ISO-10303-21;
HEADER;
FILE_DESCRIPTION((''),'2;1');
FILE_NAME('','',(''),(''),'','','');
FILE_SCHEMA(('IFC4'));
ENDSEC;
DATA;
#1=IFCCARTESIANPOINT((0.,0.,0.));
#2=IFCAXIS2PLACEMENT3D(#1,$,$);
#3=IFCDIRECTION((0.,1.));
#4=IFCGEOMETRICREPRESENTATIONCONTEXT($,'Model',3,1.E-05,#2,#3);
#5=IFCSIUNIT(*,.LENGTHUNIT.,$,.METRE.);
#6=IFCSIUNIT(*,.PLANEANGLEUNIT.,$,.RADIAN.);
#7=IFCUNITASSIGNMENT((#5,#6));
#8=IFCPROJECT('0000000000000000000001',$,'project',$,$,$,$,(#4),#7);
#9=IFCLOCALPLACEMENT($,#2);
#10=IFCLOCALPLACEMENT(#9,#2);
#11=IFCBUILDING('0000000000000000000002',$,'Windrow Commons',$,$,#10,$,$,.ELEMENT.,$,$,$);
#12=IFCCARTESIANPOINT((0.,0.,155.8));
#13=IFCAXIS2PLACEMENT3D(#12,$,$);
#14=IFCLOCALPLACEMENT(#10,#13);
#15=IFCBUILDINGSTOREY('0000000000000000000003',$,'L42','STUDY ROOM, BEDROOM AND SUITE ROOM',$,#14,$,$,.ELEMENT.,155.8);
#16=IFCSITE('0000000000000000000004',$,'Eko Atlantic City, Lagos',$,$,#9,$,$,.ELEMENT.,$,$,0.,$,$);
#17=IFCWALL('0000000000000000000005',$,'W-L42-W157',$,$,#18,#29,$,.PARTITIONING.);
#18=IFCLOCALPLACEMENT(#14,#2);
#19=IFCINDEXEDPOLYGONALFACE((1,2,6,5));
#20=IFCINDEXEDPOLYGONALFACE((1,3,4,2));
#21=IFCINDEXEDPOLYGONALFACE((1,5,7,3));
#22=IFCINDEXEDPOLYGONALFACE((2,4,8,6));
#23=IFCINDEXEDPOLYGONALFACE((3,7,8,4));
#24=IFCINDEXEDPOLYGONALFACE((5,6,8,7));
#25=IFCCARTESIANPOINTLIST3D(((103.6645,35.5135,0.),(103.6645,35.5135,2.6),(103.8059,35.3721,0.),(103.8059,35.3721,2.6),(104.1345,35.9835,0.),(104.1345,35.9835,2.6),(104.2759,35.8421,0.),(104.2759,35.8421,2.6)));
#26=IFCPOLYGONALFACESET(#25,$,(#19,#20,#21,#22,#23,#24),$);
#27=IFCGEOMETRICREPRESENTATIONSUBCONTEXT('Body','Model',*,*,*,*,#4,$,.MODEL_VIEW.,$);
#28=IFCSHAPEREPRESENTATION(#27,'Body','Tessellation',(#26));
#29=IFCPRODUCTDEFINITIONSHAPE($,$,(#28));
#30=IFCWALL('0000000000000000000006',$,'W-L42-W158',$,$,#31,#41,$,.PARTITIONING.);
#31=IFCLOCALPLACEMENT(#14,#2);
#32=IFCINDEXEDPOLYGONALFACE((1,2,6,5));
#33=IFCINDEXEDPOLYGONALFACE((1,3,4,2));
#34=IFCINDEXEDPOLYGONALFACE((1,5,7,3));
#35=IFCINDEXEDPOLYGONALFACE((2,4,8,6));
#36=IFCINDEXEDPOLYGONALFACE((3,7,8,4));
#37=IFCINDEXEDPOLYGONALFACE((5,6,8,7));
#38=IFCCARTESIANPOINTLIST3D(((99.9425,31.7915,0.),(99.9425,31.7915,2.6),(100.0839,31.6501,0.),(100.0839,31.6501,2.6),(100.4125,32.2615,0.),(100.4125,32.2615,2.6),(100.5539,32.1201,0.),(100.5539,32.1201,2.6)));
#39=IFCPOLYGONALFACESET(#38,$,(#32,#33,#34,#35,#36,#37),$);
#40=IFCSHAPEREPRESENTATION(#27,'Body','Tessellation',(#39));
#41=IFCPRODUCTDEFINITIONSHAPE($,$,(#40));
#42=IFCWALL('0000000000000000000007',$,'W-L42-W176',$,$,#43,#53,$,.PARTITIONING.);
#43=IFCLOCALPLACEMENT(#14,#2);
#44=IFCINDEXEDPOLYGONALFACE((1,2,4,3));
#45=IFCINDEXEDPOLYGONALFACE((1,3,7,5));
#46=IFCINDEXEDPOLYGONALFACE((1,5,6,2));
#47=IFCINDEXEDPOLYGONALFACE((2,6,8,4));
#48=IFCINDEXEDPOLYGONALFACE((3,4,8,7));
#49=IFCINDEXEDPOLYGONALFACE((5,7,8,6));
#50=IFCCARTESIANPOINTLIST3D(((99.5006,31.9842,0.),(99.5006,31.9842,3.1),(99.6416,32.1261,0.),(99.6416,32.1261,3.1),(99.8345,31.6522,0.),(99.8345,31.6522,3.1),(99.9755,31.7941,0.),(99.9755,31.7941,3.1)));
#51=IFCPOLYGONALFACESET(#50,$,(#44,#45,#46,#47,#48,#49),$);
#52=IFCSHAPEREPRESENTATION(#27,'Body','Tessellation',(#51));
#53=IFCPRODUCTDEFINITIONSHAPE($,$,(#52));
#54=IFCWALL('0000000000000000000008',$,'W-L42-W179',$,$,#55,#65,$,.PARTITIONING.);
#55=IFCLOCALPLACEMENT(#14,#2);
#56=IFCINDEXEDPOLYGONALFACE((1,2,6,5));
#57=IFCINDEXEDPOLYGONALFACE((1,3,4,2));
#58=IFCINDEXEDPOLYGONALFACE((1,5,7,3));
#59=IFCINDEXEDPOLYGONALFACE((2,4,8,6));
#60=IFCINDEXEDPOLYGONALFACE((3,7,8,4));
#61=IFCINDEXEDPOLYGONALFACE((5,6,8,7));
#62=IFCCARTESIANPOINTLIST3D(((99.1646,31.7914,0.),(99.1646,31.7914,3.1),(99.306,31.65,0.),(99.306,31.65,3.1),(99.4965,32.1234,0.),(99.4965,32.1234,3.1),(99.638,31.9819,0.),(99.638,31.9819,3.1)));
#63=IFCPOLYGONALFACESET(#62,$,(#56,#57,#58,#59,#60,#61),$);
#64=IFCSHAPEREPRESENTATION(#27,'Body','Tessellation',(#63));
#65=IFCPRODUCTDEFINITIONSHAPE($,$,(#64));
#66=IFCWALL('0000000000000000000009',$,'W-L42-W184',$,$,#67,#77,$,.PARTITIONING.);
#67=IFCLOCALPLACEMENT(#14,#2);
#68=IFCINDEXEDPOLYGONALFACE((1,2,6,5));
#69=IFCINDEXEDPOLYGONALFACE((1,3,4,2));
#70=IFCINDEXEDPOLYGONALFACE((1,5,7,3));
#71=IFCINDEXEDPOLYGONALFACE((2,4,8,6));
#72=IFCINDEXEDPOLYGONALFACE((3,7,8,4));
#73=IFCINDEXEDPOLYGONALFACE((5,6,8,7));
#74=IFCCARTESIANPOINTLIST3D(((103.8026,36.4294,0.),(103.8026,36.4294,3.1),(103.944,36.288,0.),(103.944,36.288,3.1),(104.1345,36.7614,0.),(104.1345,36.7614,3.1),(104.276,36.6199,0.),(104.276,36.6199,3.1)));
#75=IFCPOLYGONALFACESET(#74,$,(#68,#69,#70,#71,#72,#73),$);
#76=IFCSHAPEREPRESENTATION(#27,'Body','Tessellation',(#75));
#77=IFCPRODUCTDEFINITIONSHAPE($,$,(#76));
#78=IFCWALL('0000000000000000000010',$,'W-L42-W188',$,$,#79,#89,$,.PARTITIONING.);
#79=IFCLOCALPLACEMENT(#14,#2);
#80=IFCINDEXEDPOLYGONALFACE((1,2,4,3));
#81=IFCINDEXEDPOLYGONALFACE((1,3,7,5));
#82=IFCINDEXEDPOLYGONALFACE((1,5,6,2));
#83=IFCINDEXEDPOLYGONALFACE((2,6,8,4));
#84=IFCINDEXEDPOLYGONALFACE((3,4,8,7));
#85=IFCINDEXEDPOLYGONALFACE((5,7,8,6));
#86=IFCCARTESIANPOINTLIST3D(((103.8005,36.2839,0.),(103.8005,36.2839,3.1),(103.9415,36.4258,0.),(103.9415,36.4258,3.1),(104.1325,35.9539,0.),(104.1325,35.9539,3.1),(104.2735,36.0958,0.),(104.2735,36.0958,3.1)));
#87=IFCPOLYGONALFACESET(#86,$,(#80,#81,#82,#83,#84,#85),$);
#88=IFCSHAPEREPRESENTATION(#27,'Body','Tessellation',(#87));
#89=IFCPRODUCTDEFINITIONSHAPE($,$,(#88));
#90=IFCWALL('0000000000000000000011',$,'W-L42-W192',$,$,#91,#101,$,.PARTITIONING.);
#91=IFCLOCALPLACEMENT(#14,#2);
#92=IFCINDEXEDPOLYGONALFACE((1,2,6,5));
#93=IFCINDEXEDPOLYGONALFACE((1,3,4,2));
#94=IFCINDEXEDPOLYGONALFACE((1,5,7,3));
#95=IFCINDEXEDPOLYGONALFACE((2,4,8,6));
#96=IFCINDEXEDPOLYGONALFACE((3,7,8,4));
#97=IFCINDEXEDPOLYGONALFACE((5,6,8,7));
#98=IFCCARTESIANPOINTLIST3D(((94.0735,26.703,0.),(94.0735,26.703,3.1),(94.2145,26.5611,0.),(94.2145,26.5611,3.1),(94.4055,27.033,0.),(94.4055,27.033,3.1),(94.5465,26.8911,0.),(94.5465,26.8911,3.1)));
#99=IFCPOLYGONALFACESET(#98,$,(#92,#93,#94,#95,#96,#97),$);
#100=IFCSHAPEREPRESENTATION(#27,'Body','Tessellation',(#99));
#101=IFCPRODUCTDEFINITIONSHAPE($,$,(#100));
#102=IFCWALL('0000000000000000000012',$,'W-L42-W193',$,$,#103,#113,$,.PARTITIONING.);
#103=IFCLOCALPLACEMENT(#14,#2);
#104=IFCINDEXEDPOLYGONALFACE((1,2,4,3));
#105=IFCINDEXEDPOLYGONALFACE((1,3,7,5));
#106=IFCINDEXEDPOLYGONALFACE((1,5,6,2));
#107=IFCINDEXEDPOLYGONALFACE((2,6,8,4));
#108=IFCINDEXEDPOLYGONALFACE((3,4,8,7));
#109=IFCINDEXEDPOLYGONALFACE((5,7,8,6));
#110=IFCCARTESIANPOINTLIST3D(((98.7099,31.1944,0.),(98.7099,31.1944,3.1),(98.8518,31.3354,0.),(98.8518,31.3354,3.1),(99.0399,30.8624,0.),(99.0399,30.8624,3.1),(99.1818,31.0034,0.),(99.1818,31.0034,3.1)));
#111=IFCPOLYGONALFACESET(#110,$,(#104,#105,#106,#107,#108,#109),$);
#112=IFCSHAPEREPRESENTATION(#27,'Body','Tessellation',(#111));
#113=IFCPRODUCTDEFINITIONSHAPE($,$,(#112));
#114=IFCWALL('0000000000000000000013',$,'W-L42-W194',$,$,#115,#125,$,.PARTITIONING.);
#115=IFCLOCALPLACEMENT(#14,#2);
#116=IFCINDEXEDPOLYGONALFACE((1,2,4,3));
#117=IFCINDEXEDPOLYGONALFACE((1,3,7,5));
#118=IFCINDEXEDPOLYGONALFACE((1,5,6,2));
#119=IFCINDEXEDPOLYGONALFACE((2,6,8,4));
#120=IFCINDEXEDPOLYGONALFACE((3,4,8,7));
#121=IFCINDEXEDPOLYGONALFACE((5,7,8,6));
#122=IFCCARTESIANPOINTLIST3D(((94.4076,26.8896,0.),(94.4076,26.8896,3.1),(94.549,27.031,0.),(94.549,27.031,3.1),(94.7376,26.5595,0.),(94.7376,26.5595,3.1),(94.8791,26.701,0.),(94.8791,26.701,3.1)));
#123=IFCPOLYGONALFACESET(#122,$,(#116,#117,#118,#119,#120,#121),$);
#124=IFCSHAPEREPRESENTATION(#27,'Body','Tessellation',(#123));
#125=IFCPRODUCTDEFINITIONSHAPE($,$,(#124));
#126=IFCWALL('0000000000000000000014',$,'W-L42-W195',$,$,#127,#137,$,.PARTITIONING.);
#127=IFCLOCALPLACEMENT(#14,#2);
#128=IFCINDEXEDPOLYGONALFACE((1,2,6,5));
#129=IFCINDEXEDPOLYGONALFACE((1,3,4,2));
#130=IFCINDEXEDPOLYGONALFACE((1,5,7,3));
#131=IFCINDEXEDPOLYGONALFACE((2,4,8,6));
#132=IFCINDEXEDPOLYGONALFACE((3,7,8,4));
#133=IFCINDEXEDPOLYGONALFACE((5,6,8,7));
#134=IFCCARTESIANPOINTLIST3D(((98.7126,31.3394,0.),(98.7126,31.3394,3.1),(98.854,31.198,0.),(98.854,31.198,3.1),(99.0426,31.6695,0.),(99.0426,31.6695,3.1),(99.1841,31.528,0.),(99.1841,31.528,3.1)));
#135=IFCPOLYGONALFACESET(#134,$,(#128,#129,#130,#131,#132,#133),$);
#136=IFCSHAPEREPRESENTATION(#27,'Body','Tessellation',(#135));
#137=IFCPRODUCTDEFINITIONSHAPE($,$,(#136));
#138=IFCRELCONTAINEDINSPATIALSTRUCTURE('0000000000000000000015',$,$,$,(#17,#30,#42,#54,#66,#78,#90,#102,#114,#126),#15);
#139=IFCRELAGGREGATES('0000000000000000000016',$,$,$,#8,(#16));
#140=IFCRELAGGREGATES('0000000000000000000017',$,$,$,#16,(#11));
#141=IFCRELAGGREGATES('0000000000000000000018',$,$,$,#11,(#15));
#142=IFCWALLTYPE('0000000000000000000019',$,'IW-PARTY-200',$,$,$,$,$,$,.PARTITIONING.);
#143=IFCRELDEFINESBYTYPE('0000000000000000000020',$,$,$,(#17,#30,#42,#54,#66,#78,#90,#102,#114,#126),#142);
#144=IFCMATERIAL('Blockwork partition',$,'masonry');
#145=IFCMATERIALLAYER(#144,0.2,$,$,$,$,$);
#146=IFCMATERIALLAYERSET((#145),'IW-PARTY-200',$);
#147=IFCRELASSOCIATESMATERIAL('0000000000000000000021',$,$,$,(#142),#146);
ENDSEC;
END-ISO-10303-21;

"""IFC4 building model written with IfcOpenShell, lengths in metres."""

from ifc_helpers import new_model, si_unit, direction, frame, frame_2d, origin, place, context, subcontext, project, spatial, rectangle, extrude, material, layer, layer_set, type_object, element, save


model = new_model("IFC4")

# Units and contexts
model_context = context("Model", 3, precision=1e-05, world=origin(), true_north=direction((0.0, 1.0)))
body_context = subcontext(model_context, "Body", "Model", "MODEL_VIEW")
ifc_project = project(units=[si_unit("LENGTHUNIT", "METRE"), si_unit("PLANEANGLEUNIT", "RADIAN")], contexts=[model_context])

# Site, building, storey
site_placement = place(None, origin())
site = spatial("IfcSite", under=ifc_project, at=site_placement, Name="Eko Atlantic City, Lagos", CompositionType="ELEMENT", RefElevation=0.0)
building_placement = place(site_placement, origin())
building = spatial("IfcBuilding", under=site, at=building_placement, Name="Windrow Commons", CompositionType="ELEMENT")
storey_placement = place(building_placement, frame((0.0, 0.0, 155.8)))
storey = spatial("IfcBuildingStorey", under=building, at=storey_placement, Name="L42", Description="STUDY ROOM, BEDROOM AND SUITE ROOM", CompositionType="ELEMENT", Elevation=155.8)

# Walls
ifc_material_1 = material(Name="Blockwork partition", Category="masonry")
ifc_layer_1 = layer(ifc_material_1, 0.2)
ifc_layer_set_1 = layer_set([ifc_layer_1], Name="IW-PARTY-200")
wall_type_1 = type_object("IfcWallType", Name="IW-PARTY-200", PredefinedType="PARTITIONING", material=ifc_layer_set_1)
for number, where, z_axis, x_axis, name in (
    (1, (103.7352, 35.4428, 0.0), (0.0, 0.0, 1.0), (0.707107, 0.707107, 0.0), "W-L42-W157"),
    (2, (100.0132, 31.7208, 0.0), (0.0, 0.0, 1.0), (0.707107, 0.707107, 0.0), "W-L42-W158"),
):
    element("IfcWall", number, at=place(storey_placement, frame(where, z_axis=z_axis, x_axis=x_axis)), inside=storey, type_object=wall_type_1, Name=name, PredefinedType="PARTITIONING", context=body_context, shape_type="SweptSolid", body=[
        extrude(rectangle(XDim=0.6647, YDim=0.2, at=frame_2d((0.3323, 0.0))), origin(), (0.0, 0.0, 1.0), 2.6),
    ])
wall_1_placement = place(storey_placement, frame((99.5711, 32.0551, 0.0), z_axis=(0.0, 0.0, 1.0), x_axis=(0.709227, -0.70498, 0.0)))
element("IfcWall", 3, at=wall_1_placement, inside=storey, type_object=wall_type_1, Name="W-L42-W176", PredefinedType="PARTITIONING", context=body_context, shape_type="SweptSolid", body=[
    extrude(rectangle(XDim=0.4709, YDim=0.2, at=frame_2d((0.2354, 0.0))), origin(), (0.0, 0.0, 1.0), 3.1),
])
for number, where, z_axis, x_axis, name in (
    (4, (99.2353, 31.7207, 0.0), (0.0, 0.0, 1.0), (0.707107, 0.707107, 0.0), "W-L42-W179"),
    (5, (103.8733, 36.3587, 0.0), (0.0, 0.0, 1.0), (0.707107, 0.707107, 0.0), "W-L42-W184"),
):
    element("IfcWall", number, at=place(storey_placement, frame(where, z_axis=z_axis, x_axis=x_axis)), inside=storey, type_object=wall_type_1, Name=name, PredefinedType="PARTITIONING", context=body_context, shape_type="SweptSolid", body=[
        extrude(rectangle(XDim=0.4695, YDim=0.2, at=frame_2d((0.2347, 0.0))), origin(), (0.0, 0.0, 1.0), 3.1),
    ])
for number, where, z_axis, x_axis, name in (
    (6, (103.871, 36.3549, 0.0), (0.0, 0.0, 1.0), (0.70924, -0.704967, 0.0), "W-L42-W188"),
    (7, (94.144, 26.632, 0.0), (0.0, 0.0, 1.0), (0.70924, 0.704967, 0.0), "W-L42-W192"),
    (8, (98.7808, 31.2649, 0.0), (0.0, 0.0, 1.0), (0.704967, -0.70924, 0.0), "W-L42-W193"),
):
    element("IfcWall", number, at=place(storey_placement, frame(where, z_axis=z_axis, x_axis=x_axis)), inside=storey, type_object=wall_type_1, Name=name, PredefinedType="PARTITIONING", context=body_context, shape_type="SweptSolid", body=[
        extrude(rectangle(XDim=0.4681, YDim=0.2, at=frame_2d((0.2341, 0.0))), origin(), (0.0, 0.0, 1.0), 3.1),
    ])
for number, where, z_axis, x_axis, name in (
    (9, (94.4783, 26.9603, 0.0), (0.0, 0.0, 1.0), (0.707107, -0.707107, 0.0), "W-L42-W194"),
    (10, (98.7833, 31.2687, 0.0), (0.0, 0.0, 1.0), (0.707107, 0.707107, 0.0), "W-L42-W195"),
):
    element("IfcWall", number, at=place(storey_placement, frame(where, z_axis=z_axis, x_axis=x_axis)), inside=storey, type_object=wall_type_1, Name=name, PredefinedType="PARTITIONING", context=body_context, shape_type="SweptSolid", body=[
        extrude(rectangle(XDim=0.4667, YDim=0.2, at=frame_2d((0.2334, 0.0))), origin(), (0.0, 0.0, 1.0), 3.1),
    ])

save(model, "model.ifc")
